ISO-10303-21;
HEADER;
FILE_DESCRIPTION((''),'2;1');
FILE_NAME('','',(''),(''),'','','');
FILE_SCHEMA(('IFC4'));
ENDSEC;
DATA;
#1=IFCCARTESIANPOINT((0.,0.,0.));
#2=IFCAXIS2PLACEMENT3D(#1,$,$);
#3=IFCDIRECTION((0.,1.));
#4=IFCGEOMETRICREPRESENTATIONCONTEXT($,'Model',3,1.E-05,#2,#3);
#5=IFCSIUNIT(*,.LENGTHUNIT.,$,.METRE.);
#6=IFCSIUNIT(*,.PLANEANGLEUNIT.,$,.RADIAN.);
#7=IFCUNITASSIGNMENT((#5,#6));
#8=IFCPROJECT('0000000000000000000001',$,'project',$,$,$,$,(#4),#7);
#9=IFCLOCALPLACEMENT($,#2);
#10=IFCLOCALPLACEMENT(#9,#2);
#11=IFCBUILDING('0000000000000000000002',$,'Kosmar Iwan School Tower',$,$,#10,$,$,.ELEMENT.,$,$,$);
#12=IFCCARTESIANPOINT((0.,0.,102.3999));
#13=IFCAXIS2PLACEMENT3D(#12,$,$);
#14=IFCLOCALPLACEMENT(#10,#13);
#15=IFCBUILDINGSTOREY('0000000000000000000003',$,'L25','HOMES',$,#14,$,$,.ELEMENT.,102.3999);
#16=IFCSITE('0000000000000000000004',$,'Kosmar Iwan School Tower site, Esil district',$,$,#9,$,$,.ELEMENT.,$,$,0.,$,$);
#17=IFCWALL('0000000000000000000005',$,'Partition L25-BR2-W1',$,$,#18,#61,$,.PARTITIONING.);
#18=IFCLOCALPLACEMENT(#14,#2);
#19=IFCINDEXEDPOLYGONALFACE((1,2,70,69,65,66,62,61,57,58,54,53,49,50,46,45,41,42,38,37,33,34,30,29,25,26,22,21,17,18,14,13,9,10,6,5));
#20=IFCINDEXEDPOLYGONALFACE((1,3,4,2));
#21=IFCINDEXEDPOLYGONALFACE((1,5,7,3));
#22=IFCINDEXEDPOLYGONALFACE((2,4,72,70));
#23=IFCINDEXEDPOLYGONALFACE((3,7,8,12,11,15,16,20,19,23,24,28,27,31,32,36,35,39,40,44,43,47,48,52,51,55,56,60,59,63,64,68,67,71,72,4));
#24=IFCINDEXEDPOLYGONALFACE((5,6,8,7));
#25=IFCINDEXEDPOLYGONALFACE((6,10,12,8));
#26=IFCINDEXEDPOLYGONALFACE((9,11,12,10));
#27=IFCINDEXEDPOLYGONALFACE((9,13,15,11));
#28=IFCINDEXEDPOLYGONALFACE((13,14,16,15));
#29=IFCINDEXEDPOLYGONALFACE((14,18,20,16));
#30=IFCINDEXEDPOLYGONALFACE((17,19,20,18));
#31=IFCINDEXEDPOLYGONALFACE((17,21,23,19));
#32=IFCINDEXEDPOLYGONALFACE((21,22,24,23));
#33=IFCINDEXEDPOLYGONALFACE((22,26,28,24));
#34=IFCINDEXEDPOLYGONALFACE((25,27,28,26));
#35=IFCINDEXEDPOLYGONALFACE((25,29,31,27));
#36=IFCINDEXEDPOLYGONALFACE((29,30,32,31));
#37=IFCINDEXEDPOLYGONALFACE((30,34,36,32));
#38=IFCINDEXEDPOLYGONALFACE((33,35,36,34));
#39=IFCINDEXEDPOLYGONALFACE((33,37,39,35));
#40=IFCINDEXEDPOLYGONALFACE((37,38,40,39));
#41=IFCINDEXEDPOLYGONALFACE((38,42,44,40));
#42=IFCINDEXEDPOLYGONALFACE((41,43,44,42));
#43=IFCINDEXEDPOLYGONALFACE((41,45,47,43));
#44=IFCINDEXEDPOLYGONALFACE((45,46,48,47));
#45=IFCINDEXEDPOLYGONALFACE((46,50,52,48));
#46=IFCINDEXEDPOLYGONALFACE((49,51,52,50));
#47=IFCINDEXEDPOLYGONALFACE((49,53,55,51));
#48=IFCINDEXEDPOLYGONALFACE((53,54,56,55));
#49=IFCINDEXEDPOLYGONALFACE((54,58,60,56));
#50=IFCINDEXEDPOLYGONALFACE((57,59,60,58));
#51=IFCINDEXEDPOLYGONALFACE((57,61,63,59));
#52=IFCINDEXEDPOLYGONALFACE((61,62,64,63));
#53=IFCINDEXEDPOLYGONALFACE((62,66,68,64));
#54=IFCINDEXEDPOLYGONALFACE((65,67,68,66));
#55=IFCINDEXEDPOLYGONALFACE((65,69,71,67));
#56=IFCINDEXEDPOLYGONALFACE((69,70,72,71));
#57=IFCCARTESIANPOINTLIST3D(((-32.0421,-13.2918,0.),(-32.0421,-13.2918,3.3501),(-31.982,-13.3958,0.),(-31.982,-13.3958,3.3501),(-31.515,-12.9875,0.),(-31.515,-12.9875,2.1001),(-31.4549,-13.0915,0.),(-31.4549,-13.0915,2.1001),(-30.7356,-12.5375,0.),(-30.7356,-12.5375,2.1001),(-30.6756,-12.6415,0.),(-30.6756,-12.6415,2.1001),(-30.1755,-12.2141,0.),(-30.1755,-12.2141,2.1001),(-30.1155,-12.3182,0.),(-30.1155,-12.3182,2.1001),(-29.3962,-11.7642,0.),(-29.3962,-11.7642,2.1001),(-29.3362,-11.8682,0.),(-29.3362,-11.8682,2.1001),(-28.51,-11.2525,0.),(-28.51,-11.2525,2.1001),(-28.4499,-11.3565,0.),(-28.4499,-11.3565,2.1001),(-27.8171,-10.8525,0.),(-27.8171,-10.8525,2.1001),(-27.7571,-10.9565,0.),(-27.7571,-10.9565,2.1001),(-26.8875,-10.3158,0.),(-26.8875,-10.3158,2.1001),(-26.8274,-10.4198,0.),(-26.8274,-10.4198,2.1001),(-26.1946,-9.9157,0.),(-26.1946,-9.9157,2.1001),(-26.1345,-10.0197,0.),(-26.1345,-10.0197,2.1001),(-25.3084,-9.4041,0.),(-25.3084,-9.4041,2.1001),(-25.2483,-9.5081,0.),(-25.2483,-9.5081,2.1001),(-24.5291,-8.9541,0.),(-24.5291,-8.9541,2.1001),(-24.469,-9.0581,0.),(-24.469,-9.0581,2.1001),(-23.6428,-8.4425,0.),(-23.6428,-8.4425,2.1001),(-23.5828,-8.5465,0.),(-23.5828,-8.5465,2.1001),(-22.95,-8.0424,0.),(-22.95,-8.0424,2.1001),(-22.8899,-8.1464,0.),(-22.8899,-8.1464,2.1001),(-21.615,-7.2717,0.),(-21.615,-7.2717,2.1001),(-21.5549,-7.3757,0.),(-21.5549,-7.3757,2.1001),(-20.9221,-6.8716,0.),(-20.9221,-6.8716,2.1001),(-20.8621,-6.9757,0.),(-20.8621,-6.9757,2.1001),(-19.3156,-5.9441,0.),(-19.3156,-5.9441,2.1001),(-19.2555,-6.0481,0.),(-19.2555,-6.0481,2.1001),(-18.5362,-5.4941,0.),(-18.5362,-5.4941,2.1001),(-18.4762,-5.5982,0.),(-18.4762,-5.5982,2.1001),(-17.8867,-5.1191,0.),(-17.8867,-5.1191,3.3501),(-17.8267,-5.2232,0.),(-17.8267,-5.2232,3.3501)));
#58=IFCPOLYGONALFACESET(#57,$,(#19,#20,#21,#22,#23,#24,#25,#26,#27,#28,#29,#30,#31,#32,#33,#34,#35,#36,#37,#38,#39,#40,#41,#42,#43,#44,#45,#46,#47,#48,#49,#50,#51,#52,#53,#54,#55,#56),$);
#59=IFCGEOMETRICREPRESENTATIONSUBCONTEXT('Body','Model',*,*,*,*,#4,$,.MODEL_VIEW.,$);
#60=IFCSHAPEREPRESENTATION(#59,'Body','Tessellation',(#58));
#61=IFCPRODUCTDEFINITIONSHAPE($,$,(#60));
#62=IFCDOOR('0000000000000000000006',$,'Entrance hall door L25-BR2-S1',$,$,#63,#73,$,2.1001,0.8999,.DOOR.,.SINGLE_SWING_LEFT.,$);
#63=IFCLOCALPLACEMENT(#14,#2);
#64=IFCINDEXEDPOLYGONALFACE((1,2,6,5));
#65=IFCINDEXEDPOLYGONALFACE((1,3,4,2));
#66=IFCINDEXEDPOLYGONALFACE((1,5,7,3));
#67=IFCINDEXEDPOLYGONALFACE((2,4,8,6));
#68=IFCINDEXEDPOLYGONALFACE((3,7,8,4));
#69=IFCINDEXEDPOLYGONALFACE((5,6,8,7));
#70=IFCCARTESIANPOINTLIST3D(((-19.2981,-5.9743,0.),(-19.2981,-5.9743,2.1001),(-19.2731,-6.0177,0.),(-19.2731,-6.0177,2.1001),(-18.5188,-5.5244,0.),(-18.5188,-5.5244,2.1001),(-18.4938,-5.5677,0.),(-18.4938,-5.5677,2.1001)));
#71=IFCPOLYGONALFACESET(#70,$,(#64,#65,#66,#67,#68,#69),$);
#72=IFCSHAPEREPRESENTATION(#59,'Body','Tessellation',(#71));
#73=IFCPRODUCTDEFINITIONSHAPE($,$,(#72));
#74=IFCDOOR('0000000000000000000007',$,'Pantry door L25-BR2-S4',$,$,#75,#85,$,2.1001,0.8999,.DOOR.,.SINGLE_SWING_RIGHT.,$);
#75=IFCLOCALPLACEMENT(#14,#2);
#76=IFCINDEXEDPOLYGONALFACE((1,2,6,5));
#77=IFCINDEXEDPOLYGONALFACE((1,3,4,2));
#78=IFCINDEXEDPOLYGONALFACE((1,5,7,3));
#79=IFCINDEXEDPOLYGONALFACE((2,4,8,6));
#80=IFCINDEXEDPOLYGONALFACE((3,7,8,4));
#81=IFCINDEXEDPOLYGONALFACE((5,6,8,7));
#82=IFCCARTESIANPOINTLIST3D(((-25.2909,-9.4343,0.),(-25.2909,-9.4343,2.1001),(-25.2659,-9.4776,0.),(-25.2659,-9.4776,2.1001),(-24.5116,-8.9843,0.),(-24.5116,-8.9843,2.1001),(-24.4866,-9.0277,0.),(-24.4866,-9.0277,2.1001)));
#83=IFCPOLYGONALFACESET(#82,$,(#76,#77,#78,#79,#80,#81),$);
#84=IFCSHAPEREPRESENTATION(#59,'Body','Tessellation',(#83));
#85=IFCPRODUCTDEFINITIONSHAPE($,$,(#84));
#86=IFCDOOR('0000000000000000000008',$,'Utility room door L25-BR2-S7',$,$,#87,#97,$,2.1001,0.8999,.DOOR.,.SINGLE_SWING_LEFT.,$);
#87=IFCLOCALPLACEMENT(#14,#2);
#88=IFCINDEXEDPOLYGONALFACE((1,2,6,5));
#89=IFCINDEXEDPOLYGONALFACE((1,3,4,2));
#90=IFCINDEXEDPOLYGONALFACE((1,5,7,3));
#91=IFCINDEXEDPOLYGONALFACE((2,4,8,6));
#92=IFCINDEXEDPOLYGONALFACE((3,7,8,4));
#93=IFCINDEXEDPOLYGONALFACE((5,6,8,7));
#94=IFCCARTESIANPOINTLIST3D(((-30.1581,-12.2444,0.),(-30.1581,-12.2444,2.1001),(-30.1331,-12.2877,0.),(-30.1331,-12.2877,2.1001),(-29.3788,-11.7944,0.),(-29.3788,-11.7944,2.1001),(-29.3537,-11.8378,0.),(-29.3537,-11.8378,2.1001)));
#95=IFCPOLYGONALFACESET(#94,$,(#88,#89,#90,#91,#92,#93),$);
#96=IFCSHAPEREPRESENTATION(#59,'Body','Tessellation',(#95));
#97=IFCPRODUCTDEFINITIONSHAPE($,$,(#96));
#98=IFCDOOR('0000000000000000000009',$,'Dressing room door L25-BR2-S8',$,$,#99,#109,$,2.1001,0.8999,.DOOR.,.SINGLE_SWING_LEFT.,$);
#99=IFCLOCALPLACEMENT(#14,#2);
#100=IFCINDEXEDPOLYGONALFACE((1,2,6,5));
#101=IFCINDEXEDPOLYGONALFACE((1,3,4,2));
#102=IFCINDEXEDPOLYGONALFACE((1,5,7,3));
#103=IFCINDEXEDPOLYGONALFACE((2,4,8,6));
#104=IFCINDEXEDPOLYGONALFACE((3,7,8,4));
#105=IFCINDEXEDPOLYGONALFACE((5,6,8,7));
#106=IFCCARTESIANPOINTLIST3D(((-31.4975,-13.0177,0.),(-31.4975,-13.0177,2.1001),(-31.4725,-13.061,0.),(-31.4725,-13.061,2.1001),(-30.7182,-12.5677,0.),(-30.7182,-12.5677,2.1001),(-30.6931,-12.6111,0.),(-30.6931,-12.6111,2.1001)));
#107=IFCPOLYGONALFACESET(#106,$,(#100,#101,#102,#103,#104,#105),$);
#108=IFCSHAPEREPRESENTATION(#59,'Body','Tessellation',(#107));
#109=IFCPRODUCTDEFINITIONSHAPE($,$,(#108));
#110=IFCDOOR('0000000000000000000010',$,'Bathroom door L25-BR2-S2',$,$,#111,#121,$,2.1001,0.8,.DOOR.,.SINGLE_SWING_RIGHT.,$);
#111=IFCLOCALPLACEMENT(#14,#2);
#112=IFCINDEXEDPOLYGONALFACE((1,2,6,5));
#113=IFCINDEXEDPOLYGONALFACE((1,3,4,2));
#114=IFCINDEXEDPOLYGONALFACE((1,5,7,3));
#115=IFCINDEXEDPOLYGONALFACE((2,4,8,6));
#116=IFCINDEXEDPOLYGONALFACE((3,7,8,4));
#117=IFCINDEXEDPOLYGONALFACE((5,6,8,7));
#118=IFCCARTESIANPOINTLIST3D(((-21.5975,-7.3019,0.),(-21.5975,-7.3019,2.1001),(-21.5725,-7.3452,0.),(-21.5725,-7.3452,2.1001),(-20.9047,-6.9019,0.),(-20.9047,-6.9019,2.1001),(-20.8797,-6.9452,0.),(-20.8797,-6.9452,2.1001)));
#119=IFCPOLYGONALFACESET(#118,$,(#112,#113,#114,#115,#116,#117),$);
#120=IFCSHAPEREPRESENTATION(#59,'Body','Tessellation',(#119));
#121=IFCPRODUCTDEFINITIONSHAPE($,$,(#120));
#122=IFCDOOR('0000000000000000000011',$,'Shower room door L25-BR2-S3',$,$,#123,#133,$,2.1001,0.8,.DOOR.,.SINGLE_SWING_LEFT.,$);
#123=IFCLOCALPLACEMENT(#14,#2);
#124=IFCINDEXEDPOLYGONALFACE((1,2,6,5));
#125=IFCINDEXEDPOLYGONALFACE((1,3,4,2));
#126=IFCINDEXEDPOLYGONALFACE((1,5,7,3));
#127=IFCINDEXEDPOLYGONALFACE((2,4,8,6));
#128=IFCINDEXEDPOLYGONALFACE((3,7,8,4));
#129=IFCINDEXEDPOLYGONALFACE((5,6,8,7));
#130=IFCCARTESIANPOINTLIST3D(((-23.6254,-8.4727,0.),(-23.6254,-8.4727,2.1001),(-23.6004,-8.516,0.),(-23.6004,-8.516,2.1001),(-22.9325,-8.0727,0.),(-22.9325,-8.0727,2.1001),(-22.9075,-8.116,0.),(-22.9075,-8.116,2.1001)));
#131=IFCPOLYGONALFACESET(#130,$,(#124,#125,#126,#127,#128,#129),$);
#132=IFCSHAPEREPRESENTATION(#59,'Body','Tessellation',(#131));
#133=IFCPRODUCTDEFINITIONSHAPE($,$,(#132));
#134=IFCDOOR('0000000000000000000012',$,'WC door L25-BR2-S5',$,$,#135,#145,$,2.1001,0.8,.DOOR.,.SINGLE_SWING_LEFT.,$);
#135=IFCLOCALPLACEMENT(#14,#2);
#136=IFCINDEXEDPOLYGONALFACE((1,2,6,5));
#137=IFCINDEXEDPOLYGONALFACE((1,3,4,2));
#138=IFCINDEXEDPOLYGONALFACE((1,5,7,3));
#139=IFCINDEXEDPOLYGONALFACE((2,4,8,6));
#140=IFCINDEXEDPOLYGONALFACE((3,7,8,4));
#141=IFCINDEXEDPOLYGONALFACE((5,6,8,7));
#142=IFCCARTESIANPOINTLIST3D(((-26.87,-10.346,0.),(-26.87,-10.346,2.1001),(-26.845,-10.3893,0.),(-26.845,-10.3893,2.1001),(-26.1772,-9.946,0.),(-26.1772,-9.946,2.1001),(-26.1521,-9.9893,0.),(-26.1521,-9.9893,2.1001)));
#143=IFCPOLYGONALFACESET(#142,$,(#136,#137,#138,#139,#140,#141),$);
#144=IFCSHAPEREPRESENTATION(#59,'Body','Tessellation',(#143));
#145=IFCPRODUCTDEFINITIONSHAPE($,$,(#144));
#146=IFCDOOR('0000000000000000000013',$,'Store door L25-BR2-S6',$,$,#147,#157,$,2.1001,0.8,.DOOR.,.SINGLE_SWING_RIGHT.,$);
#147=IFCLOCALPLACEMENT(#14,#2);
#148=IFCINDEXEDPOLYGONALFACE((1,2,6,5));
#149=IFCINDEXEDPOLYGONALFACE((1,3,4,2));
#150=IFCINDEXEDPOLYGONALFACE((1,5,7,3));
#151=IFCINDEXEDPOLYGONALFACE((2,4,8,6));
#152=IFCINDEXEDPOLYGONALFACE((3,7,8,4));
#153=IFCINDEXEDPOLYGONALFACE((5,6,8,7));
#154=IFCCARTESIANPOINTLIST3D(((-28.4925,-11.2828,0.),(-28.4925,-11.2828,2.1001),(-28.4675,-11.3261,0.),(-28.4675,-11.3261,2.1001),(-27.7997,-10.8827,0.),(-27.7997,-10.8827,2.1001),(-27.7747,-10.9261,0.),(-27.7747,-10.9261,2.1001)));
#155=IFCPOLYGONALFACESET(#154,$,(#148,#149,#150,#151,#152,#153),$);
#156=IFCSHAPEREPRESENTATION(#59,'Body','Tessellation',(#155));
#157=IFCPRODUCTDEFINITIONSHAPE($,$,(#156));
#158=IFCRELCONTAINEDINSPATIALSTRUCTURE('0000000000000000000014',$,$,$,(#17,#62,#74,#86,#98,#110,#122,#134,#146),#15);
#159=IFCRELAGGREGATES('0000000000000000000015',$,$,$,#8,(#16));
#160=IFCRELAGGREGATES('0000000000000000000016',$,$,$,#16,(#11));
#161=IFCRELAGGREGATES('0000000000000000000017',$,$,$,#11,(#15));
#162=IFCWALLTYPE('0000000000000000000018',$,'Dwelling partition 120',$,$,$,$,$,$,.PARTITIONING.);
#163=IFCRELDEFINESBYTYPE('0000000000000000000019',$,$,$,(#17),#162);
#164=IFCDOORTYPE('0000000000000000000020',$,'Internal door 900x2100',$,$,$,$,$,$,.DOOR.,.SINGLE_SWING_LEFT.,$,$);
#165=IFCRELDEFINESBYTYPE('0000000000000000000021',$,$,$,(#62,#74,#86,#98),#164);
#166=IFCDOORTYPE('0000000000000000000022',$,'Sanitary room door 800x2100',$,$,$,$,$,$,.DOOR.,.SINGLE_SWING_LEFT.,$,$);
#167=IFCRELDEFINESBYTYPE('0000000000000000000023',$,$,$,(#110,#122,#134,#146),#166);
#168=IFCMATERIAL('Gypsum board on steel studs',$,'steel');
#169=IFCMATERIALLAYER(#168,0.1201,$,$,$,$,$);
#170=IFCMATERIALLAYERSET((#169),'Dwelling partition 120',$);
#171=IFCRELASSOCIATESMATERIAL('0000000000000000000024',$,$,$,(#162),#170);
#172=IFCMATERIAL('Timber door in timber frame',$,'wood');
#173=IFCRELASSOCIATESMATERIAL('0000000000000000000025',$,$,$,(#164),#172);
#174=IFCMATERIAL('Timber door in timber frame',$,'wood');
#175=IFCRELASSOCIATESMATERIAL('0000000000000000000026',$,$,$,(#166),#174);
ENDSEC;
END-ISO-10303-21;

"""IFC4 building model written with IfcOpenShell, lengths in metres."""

from ifc_helpers import new_model, si_unit, direction, frame, frame_2d, origin, place, context, subcontext, project, spatial, rectangle, extrude, material, layer, layer_set, type_object, element, fill, save


model = new_model("IFC4")

# Units and contexts
model_context = context("Model", 3, precision=1e-05, world=origin(), true_north=direction((0.0, 1.0)))
body_context = subcontext(model_context, "Body", "Model", "MODEL_VIEW")
ifc_project = project(units=[si_unit("LENGTHUNIT", "METRE"), si_unit("PLANEANGLEUNIT", "RADIAN")], contexts=[model_context])

# Site, building, storey
site_placement = place(None, origin())
site = spatial("IfcSite", under=ifc_project, at=site_placement, Name="Kosmar Iwan School Tower site, Esil district", CompositionType="ELEMENT", RefElevation=0.0)
building_placement = place(site_placement, origin())
building = spatial("IfcBuilding", under=site, at=building_placement, Name="Kosmar Iwan School Tower", CompositionType="ELEMENT")
storey_placement = place(building_placement, frame((0.0, 0.0, 102.3999)))
storey = spatial("IfcBuildingStorey", under=building, at=storey_placement, Name="L25", Description="HOMES", CompositionType="ELEMENT", Elevation=102.3999)

# Wall, openings, doors
ifc_material_1 = material(Name="Gypsum board on steel studs", Category="steel")
ifc_layer = layer(ifc_material_1, 0.1201)
ifc_layer_set = layer_set([ifc_layer], Name="Dwelling partition 120")
wall_type = type_object("IfcWallType", Name="Dwelling partition 120", PredefinedType="PARTITIONING", material=ifc_layer_set)
wall_1_placement = place(storey_placement, frame((-17.8567, -5.1711, 0.0), z_axis=(0.0, 0.0, 1.0), x_axis=(-0.866024, -0.500003, 0.0)))
wall_1 = element("IfcWall", 1, at=wall_1_placement, inside=storey, type_object=wall_type, Name="Partition L25-BR2-W1", PredefinedType="PARTITIONING", context=body_context, shape_type="SweptSolid", body=[
    extrude(rectangle(XDim=16.3452, YDim=0.1201, at=frame_2d((8.1726, 0.0))), origin(), (0.0, 0.0, 1.0), 3.3501),
])
opening_1_placement = place(wall_1_placement, frame((0.75, 0.0, 0.0)))
opening_1 = element("IfcOpeningElement", 2, at=opening_1_placement, cuts=wall_1, PredefinedType="OPENING", context=body_context, shape_type="SweptSolid", body=[
    extrude(rectangle(XDim=0.8999, YDim=2.1001, at=frame_2d((0.45, 1.05))), frame((0.0, 0.072, 0.0), z_axis=(0.0, -1.0, 0.0), x_axis=(1.0, 0.0, 0.0)), (0.0, 0.0, 1.0), 0.144),
])
opening_2_placement = place(wall_1_placement, frame((3.5051, 0.0, 0.0)))
opening_2 = element("IfcOpeningElement", 3, at=opening_2_placement, cuts=wall_1, PredefinedType="OPENING", context=body_context, shape_type="SweptSolid", body=[
    extrude(rectangle(XDim=0.8, YDim=2.1001, at=frame_2d((0.3999, 1.05))), frame((0.0, 0.072, 0.0), z_axis=(0.0, -1.0, 0.0), x_axis=(1.0, 0.0, 0.0)), (0.0, 0.0, 1.0), 0.144),
])
opening_3_placement = place(wall_1_placement, frame((5.8467, 0.0, 0.0)))
opening_3 = element("IfcOpeningElement", 4, at=opening_3_placement, cuts=wall_1, PredefinedType="OPENING", context=body_context, shape_type="SweptSolid", body=[
    extrude(rectangle(XDim=0.8, YDim=2.1001, at=frame_2d((0.3999, 1.05))), frame((0.0, 0.072, 0.0), z_axis=(0.0, -1.0, 0.0), x_axis=(1.0, 0.0, 0.0)), (0.0, 0.0, 1.0), 0.144),
])
opening_4_placement = place(wall_1_placement, frame((7.6699, 0.0, 0.0)))
opening_4 = element("IfcOpeningElement", 5, at=opening_4_placement, cuts=wall_1, PredefinedType="OPENING", context=body_context, shape_type="SweptSolid", body=[
    extrude(rectangle(XDim=0.8999, YDim=2.1001, at=frame_2d((0.45, 1.05))), frame((0.0, 0.072, 0.0), z_axis=(0.0, -1.0, 0.0), x_axis=(1.0, 0.0, 0.0)), (0.0, 0.0, 1.0), 0.144),
])
opening_5_placement = place(wall_1_placement, frame((9.5933, 0.0, 0.0)))
opening_5 = element("IfcOpeningElement", 6, at=opening_5_placement, cuts=wall_1, PredefinedType="OPENING", context=body_context, shape_type="SweptSolid", body=[
    extrude(rectangle(XDim=0.8, YDim=2.1001, at=frame_2d((0.3999, 1.05))), frame((0.0, 0.072, 0.0), z_axis=(0.0, -1.0, 0.0), x_axis=(1.0, 0.0, 0.0)), (0.0, 0.0, 1.0), 0.144),
])
opening_6_placement = place(wall_1_placement, frame((11.4668, 0.0, 0.0)))
opening_6 = element("IfcOpeningElement", 7, at=opening_6_placement, cuts=wall_1, PredefinedType="OPENING", context=body_context, shape_type="SweptSolid", body=[
    extrude(rectangle(XDim=0.8, YDim=2.1001, at=frame_2d((0.3999, 1.05))), frame((0.0, 0.072, 0.0), z_axis=(0.0, -1.0, 0.0), x_axis=(1.0, 0.0, 0.0)), (0.0, 0.0, 1.0), 0.144),
])
opening_7_placement = place(wall_1_placement, frame((13.29, 0.0, 0.0)))
opening_7 = element("IfcOpeningElement", 8, at=opening_7_placement, cuts=wall_1, PredefinedType="OPENING", context=body_context, shape_type="SweptSolid", body=[
    extrude(rectangle(XDim=0.8999, YDim=2.1001, at=frame_2d((0.45, 1.05))), frame((0.0, 0.072, 0.0), z_axis=(0.0, -1.0, 0.0), x_axis=(1.0, 0.0, 0.0)), (0.0, 0.0, 1.0), 0.144),
])
opening_8_placement = place(wall_1_placement, frame((14.8367, 0.0, 0.0)))
opening_8 = element("IfcOpeningElement", 9, at=opening_8_placement, cuts=wall_1, PredefinedType="OPENING", context=body_context, shape_type="SweptSolid", body=[
    extrude(rectangle(XDim=0.8999, YDim=2.1001, at=frame_2d((0.45, 1.05))), frame((0.0, 0.072, 0.0), z_axis=(0.0, -1.0, 0.0), x_axis=(1.0, 0.0, 0.0)), (0.0, 0.0, 1.0), 0.144),
])
ifc_material_2 = material(Name="Timber door in timber frame", Category="wood")
door_type_1 = type_object("IfcDoorType", Name="Internal door 900x2100", OperationType="SINGLE_SWING_LEFT", PredefinedType="DOOR", material=ifc_material_2)
door_1_placement = place(opening_1_placement, origin())
door_1 = element("IfcDoor", 10, at=door_1_placement, inside=storey, type_object=door_type_1, Name="Entrance hall door L25-BR2-S1", OperationType="SINGLE_SWING_LEFT", OverallHeight=2.1001, OverallWidth=0.8999, PredefinedType="DOOR", context=body_context, shape_type="SweptSolid", body=[
    extrude(rectangle(XDim=0.8999, YDim=2.1001, at=frame_2d((0.45, 1.05))), frame((0.0, 0.0249, 0.0), z_axis=(0.0, -1.0, 0.0), x_axis=(1.0, 0.0, 0.0)), (0.0, 0.0, 1.0), 0.05),
])
fill(opening_1, door_1)
door_2_placement = place(opening_4_placement, origin())
door_2 = element("IfcDoor", 11, at=door_2_placement, inside=storey, type_object=door_type_1, Name="Pantry door L25-BR2-S4", OperationType="SINGLE_SWING_RIGHT", OverallHeight=2.1001, OverallWidth=0.8999, PredefinedType="DOOR", context=body_context, shape_type="SweptSolid", body=[
    extrude(rectangle(XDim=0.8999, YDim=2.1001, at=frame_2d((0.45, 1.05))), frame((0.0, 0.0249, 0.0), z_axis=(0.0, -1.0, 0.0), x_axis=(1.0, 0.0, 0.0)), (0.0, 0.0, 1.0), 0.05),
])
fill(opening_4, door_2)
door_3_placement = place(opening_7_placement, origin())
door_3 = element("IfcDoor", 12, at=door_3_placement, inside=storey, type_object=door_type_1, Name="Utility room door L25-BR2-S7", OperationType="SINGLE_SWING_LEFT", OverallHeight=2.1001, OverallWidth=0.8999, PredefinedType="DOOR", context=body_context, shape_type="SweptSolid", body=[
    extrude(rectangle(XDim=0.8999, YDim=2.1001, at=frame_2d((0.45, 1.05))), frame((0.0, 0.0249, 0.0), z_axis=(0.0, -1.0, 0.0), x_axis=(1.0, 0.0, 0.0)), (0.0, 0.0, 1.0), 0.05),
])
fill(opening_7, door_3)
door_4_placement = place(opening_8_placement, origin())
door_4 = element("IfcDoor", 13, at=door_4_placement, inside=storey, type_object=door_type_1, Name="Dressing room door L25-BR2-S8", OperationType="SINGLE_SWING_LEFT", OverallHeight=2.1001, OverallWidth=0.8999, PredefinedType="DOOR", context=body_context, shape_type="SweptSolid", body=[
    extrude(rectangle(XDim=0.8999, YDim=2.1001, at=frame_2d((0.45, 1.05))), frame((0.0, 0.0249, 0.0), z_axis=(0.0, -1.0, 0.0), x_axis=(1.0, 0.0, 0.0)), (0.0, 0.0, 1.0), 0.05),
])
fill(opening_8, door_4)
ifc_material_3 = material(Name="Timber door in timber frame", Category="wood")
door_type_2 = type_object("IfcDoorType", Name="Sanitary room door 800x2100", OperationType="SINGLE_SWING_LEFT", PredefinedType="DOOR", material=ifc_material_3)
door_5_placement = place(opening_2_placement, origin())
door_5 = element("IfcDoor", 14, at=door_5_placement, inside=storey, type_object=door_type_2, Name="Bathroom door L25-BR2-S2", OperationType="SINGLE_SWING_RIGHT", OverallHeight=2.1001, OverallWidth=0.8, PredefinedType="DOOR", context=body_context, shape_type="SweptSolid", body=[
    extrude(rectangle(XDim=0.8, YDim=2.1001, at=frame_2d((0.3999, 1.05))), frame((0.0, 0.0249, 0.0), z_axis=(0.0, -1.0, 0.0), x_axis=(1.0, 0.0, 0.0)), (0.0, 0.0, 1.0), 0.05),
])
fill(opening_2, door_5)
door_6_placement = place(opening_3_placement, origin())
door_6 = element("IfcDoor", 15, at=door_6_placement, inside=storey, type_object=door_type_2, Name="Shower room door L25-BR2-S3", OperationType="SINGLE_SWING_LEFT", OverallHeight=2.1001, OverallWidth=0.8, PredefinedType="DOOR", context=body_context, shape_type="SweptSolid", body=[
    extrude(rectangle(XDim=0.8, YDim=2.1001, at=frame_2d((0.3999, 1.05))), frame((0.0, 0.0249, 0.0), z_axis=(0.0, -1.0, 0.0), x_axis=(1.0, 0.0, 0.0)), (0.0, 0.0, 1.0), 0.05),
])
fill(opening_3, door_6)
door_7_placement = place(opening_5_placement, origin())
door_7 = element("IfcDoor", 16, at=door_7_placement, inside=storey, type_object=door_type_2, Name="WC door L25-BR2-S5", OperationType="SINGLE_SWING_LEFT", OverallHeight=2.1001, OverallWidth=0.8, PredefinedType="DOOR", context=body_context, shape_type="SweptSolid", body=[
    extrude(rectangle(XDim=0.8, YDim=2.1001, at=frame_2d((0.3999, 1.05))), frame((0.0, 0.0249, 0.0), z_axis=(0.0, -1.0, 0.0), x_axis=(1.0, 0.0, 0.0)), (0.0, 0.0, 1.0), 0.05),
])
fill(opening_5, door_7)
door_8_placement = place(opening_6_placement, origin())
door_8 = element("IfcDoor", 17, at=door_8_placement, inside=storey, type_object=door_type_2, Name="Store door L25-BR2-S6", OperationType="SINGLE_SWING_RIGHT", OverallHeight=2.1001, OverallWidth=0.8, PredefinedType="DOOR", context=body_context, shape_type="SweptSolid", body=[
    extrude(rectangle(XDim=0.8, YDim=2.1001, at=frame_2d((0.3999, 1.05))), frame((0.0, 0.0249, 0.0), z_axis=(0.0, -1.0, 0.0), x_axis=(1.0, 0.0, 0.0)), (0.0, 0.0, 1.0), 0.05),
])
fill(opening_6, door_8)

save(model, "model.ifc")
